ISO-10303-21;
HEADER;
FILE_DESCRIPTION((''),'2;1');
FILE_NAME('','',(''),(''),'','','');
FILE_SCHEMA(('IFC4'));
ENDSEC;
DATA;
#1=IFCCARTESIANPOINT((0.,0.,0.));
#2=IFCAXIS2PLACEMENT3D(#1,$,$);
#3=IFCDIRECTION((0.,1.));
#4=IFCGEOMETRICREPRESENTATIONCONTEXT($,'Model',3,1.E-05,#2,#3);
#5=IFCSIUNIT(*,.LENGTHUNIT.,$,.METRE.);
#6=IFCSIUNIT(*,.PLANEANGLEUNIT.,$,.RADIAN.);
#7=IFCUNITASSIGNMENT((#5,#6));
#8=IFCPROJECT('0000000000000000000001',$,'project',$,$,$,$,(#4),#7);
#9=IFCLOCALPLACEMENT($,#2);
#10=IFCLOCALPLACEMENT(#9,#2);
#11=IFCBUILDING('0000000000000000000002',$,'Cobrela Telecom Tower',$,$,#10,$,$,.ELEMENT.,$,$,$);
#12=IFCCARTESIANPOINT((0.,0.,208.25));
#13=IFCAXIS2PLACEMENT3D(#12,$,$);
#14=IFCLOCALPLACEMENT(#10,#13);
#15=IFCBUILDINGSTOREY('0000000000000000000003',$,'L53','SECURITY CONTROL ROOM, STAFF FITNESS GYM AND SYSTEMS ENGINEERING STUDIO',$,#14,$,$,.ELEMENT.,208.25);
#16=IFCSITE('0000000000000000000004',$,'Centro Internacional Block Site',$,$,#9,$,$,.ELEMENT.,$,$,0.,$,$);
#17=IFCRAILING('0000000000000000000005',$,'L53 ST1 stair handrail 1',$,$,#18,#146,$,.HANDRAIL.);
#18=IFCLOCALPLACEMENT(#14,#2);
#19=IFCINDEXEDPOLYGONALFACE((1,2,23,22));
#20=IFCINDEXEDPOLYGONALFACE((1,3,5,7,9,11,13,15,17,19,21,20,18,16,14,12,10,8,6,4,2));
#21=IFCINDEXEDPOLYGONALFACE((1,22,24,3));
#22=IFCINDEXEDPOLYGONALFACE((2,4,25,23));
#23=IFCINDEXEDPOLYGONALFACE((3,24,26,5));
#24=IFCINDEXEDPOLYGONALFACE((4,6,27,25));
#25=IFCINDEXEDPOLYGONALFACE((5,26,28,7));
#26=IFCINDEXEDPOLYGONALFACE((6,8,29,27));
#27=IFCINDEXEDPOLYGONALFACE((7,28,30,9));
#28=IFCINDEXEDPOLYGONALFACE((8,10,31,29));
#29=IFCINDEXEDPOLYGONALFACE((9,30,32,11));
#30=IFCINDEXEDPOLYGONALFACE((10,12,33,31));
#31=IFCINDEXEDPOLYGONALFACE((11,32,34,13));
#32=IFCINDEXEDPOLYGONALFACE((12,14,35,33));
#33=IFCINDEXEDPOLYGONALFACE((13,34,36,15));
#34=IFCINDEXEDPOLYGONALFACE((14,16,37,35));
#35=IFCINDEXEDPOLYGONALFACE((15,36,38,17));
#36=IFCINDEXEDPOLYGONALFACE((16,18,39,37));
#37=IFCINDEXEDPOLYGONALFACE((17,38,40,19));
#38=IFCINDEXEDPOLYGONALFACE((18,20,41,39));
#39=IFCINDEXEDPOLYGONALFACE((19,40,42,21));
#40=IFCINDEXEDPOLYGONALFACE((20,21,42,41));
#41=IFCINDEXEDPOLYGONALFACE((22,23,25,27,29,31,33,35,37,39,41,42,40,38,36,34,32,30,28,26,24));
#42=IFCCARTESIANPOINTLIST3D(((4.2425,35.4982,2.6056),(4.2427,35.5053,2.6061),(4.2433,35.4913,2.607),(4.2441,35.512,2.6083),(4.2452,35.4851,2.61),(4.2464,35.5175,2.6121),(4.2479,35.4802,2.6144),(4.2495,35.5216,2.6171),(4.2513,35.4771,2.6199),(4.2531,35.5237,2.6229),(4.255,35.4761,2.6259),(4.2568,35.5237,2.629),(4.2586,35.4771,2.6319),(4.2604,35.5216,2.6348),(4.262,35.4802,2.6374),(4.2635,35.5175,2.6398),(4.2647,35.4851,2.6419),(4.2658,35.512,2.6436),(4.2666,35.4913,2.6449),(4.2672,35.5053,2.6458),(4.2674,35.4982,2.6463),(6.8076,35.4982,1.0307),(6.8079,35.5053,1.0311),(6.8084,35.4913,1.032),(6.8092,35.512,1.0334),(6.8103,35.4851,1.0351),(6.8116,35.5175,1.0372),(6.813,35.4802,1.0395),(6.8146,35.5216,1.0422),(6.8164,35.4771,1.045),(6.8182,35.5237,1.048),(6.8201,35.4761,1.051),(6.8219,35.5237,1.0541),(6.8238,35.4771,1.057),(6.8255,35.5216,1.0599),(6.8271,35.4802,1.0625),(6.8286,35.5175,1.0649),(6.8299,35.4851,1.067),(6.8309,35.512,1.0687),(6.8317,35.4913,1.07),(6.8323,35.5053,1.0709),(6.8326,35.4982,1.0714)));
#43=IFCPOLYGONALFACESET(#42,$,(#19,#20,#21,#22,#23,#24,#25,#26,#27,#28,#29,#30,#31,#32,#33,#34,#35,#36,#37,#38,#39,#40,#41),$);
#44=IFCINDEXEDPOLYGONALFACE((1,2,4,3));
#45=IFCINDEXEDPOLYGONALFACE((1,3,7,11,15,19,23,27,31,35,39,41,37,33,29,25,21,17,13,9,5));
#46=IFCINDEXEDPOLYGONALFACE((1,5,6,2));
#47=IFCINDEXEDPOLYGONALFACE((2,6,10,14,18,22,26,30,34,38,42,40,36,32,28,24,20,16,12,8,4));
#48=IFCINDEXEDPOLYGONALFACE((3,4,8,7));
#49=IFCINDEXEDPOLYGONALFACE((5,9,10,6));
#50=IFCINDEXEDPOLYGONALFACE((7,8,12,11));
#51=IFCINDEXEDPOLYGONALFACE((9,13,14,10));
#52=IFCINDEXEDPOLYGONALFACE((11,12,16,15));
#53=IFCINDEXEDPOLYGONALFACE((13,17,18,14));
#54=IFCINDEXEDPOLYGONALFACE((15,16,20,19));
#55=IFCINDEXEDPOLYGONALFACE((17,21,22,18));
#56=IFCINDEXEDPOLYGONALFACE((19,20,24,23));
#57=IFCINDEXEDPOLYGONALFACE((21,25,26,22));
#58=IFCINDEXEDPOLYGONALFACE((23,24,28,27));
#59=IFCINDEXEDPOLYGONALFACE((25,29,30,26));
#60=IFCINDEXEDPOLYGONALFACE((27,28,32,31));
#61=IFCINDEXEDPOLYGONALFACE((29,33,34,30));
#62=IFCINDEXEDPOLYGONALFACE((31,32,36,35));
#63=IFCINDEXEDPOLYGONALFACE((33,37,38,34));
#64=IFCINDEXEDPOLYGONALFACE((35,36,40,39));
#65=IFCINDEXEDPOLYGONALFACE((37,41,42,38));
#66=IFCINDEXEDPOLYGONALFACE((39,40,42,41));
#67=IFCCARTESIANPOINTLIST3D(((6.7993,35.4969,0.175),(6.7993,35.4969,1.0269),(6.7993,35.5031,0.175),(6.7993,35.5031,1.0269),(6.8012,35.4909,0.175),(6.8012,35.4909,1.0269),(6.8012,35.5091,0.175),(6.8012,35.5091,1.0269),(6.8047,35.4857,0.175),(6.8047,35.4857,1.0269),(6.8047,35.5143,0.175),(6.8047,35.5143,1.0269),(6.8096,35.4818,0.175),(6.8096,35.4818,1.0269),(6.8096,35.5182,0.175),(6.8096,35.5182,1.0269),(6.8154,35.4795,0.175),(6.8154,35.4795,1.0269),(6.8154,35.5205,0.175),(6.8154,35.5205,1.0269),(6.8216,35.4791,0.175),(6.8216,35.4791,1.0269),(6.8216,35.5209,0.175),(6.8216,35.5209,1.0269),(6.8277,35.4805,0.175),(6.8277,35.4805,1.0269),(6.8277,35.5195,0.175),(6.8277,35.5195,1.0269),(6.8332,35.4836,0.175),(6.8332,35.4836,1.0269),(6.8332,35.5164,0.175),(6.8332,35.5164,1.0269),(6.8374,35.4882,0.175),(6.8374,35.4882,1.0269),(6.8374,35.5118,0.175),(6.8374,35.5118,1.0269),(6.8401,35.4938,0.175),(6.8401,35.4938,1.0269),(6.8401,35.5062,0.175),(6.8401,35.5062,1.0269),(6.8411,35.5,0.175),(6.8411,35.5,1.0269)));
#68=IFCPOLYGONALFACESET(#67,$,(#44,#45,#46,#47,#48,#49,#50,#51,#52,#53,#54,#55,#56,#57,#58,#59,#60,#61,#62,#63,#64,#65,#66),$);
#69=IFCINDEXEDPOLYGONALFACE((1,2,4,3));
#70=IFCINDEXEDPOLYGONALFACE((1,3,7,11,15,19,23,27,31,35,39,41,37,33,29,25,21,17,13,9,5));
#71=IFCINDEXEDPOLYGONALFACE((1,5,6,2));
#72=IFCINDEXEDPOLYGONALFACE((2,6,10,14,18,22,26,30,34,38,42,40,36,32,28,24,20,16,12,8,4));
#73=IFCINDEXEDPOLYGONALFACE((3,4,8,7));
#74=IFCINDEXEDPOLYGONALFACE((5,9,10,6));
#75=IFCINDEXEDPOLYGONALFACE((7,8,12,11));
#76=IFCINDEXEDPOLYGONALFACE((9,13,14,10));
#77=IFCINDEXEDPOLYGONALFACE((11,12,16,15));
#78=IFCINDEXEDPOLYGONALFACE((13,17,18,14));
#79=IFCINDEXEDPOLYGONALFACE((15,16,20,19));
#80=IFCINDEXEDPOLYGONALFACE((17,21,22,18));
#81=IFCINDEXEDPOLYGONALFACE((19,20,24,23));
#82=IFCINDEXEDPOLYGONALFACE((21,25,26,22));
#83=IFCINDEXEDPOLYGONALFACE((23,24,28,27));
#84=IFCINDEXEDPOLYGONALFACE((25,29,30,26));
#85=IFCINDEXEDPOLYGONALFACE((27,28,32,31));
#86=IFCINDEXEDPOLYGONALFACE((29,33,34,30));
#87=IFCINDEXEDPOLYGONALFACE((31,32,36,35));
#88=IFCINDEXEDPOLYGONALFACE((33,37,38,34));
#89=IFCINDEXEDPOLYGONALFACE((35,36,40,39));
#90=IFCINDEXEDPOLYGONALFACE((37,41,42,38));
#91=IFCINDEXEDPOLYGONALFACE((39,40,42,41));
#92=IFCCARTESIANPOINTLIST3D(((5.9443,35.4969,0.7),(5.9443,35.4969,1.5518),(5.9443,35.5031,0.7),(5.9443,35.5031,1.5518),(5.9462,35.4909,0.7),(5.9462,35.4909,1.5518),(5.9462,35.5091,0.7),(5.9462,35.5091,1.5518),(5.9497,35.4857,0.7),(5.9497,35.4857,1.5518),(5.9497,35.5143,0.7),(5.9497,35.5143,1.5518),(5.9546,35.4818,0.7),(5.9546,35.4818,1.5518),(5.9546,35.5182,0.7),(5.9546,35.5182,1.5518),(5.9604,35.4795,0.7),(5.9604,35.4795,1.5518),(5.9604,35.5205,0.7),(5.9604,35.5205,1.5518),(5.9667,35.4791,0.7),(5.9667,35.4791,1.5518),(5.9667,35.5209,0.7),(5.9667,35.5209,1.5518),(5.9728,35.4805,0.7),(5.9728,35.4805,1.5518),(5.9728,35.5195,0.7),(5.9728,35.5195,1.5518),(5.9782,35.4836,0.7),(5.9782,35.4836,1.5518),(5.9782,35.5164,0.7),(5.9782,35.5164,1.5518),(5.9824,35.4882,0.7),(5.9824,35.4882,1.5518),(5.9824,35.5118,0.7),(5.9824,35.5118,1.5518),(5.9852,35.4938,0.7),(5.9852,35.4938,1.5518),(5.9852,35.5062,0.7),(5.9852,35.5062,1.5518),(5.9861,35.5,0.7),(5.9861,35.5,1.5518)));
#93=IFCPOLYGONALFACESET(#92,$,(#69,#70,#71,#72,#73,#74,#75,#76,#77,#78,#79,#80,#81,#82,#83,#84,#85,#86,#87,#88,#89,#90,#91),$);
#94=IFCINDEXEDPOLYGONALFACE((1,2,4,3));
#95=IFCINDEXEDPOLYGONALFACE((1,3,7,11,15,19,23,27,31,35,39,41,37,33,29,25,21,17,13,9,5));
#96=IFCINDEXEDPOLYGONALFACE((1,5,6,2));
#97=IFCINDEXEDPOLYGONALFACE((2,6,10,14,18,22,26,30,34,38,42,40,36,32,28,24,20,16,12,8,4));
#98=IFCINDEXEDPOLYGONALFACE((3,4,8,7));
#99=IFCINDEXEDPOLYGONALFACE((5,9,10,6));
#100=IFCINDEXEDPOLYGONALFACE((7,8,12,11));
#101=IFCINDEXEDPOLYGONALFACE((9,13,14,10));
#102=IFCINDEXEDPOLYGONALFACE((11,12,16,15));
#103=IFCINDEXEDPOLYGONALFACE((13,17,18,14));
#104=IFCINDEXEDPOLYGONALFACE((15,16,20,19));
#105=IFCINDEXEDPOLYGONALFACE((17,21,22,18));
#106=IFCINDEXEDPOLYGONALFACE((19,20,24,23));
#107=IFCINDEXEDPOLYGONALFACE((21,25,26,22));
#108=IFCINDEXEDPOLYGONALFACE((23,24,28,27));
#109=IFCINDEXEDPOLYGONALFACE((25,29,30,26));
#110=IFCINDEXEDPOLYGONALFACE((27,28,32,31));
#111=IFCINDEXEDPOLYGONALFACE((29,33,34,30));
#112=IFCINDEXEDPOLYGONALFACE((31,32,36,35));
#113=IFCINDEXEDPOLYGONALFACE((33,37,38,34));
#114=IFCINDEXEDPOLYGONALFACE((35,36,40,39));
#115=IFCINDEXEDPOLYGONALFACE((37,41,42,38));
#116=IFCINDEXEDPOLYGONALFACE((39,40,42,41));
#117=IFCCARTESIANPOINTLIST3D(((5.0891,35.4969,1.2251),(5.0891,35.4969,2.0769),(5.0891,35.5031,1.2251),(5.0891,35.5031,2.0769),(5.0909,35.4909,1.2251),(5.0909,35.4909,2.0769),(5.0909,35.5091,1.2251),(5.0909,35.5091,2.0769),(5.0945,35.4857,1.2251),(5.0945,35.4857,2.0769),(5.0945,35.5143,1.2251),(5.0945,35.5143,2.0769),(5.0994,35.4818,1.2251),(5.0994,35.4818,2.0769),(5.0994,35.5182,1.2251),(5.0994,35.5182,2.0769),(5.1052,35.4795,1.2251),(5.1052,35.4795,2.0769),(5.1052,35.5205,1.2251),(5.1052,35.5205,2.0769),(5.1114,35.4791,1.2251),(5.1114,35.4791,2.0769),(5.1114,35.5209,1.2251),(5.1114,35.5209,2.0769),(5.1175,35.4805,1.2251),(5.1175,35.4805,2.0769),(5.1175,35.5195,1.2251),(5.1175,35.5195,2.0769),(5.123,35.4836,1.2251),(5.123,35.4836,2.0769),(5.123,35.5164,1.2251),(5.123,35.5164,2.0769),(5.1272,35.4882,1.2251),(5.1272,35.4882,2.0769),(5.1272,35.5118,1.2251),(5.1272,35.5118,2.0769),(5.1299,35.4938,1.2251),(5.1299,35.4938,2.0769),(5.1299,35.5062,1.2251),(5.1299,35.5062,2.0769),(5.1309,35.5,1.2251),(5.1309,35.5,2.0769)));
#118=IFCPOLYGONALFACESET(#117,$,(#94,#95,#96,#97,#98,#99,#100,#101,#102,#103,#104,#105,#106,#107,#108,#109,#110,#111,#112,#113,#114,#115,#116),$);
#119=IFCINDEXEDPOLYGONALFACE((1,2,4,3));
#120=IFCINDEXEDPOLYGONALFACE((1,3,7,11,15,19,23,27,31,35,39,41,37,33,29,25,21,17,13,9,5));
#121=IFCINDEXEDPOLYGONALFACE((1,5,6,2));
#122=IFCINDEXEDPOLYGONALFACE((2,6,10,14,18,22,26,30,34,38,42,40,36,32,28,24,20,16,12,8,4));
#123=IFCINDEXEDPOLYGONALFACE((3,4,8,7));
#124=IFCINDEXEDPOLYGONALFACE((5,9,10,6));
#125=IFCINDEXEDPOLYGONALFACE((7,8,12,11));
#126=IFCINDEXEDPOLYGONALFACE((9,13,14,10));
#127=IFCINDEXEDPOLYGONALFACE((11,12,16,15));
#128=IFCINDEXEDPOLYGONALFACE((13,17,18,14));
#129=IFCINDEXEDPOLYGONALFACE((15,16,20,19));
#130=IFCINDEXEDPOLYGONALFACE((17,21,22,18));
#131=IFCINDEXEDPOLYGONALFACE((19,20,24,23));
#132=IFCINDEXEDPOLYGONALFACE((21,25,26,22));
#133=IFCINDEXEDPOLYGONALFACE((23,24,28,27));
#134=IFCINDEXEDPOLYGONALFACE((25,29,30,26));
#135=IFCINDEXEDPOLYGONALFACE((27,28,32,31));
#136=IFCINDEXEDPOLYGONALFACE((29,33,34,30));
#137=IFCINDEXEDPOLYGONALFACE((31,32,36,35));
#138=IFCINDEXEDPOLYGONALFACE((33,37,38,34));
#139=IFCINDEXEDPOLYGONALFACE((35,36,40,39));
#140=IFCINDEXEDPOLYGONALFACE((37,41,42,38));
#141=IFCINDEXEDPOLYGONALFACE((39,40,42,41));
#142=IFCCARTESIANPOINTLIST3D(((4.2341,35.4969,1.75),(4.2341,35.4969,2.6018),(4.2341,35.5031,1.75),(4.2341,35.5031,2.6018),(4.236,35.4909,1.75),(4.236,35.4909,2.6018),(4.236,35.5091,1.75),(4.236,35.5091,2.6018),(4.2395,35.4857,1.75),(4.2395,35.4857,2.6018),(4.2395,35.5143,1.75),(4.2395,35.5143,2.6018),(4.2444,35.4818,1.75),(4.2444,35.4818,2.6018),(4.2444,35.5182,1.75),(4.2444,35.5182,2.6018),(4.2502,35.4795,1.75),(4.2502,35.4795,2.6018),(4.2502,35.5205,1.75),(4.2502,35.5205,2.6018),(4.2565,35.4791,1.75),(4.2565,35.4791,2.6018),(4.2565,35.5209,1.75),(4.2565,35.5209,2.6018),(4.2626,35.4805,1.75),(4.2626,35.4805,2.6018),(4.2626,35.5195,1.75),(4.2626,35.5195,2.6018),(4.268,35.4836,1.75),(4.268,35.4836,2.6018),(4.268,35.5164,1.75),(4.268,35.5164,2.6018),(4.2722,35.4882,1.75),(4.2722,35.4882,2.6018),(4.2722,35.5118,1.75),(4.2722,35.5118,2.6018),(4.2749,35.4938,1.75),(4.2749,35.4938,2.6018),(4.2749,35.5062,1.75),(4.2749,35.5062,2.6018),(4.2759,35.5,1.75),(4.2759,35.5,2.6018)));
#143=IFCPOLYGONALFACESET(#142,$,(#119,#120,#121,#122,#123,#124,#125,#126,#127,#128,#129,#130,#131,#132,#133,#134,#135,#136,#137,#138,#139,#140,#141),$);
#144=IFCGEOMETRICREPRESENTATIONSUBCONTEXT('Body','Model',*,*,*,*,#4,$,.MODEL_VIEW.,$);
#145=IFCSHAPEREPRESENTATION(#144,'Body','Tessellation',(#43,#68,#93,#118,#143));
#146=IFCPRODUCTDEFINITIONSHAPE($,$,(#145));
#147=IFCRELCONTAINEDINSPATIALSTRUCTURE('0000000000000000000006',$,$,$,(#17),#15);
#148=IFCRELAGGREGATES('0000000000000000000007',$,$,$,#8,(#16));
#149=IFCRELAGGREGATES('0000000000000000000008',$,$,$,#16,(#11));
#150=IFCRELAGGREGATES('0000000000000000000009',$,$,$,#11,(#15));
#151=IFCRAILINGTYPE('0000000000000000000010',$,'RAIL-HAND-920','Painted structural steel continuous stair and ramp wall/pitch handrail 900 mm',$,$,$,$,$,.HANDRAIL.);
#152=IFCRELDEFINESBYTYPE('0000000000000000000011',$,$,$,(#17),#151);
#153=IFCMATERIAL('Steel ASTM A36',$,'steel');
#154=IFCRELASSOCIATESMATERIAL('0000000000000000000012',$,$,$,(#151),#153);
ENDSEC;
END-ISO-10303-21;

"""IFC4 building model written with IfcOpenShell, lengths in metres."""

from ifc_helpers import new_model, si_unit, direction, frame, origin, origin_2d, place, context, subcontext, project, spatial, circle, extrude, material, type_object, element, save


model = new_model("IFC4")

# Units and contexts
model_context = context("Model", 3, precision=1e-05, world=origin(), true_north=direction((0.0, 1.0)))
body_context = subcontext(model_context, "Body", "Model", "MODEL_VIEW")
ifc_project = project(units=[si_unit("LENGTHUNIT", "METRE"), si_unit("PLANEANGLEUNIT", "RADIAN")], contexts=[model_context])

# Site, building, storey
site_placement = place(None, origin())
site = spatial("IfcSite", under=ifc_project, at=site_placement, Name="Centro Internacional Block Site", CompositionType="ELEMENT", RefElevation=0.0)
building_placement = place(site_placement, origin())
building = spatial("IfcBuilding", under=site, at=building_placement, Name="Cobrela Telecom Tower", CompositionType="ELEMENT")
storey_placement = place(building_placement, frame((0.0, 0.0, 208.25)))
storey = spatial("IfcBuildingStorey", under=building, at=storey_placement, Name="L53", Description="SECURITY CONTROL ROOM, STAFF FITNESS GYM AND SYSTEMS ENGINEERING STUDIO", CompositionType="ELEMENT", Elevation=208.25)

# Shared definitions
ifc_material_1 = material(Name="Steel ASTM A36", Category="steel")

# Railing
railing_type_1 = type_object("IfcRailingType", Name="RAIL-HAND-920", Description="Painted structural steel continuous stair and ramp wall/pitch handrail 900 mm", PredefinedType="HANDRAIL", material=ifc_material_1)
railing_1_placement = place(storey_placement, frame((6.8201, 35.5, 0.175)))
element("IfcRailing", 1, at=railing_1_placement, inside=storey, type_object=railing_type_1, Name="L53 ST1 stair handrail 1", PredefinedType="HANDRAIL", context=body_context, shape_type="SweptSolid", body=[
    extrude(circle(Radius=0.0239, at=origin_2d()), frame((0.0, 0.0, 0.876), z_axis=(-0.852195, 0.0, 0.523224), x_axis=(0.0, -1.0, 0.0)), (0.0, 0.0, 1.0), 3.01),
    extrude(circle(Radius=0.021, at=origin_2d()), origin(), (0.0, 0.0, 1.0), 0.8518),
    extrude(circle(Radius=0.021, at=origin_2d()), frame((-0.855, 0.0, 0.5249)), (0.0, 0.0, 1.0), 0.8518),
    extrude(circle(Radius=0.021, at=origin_2d()), frame((-1.7102, 0.0, 1.05)), (0.0, 0.0, 1.0), 0.8518),
    extrude(circle(Radius=0.021, at=origin_2d()), frame((-2.5652, 0.0, 1.575)), (0.0, 0.0, 1.0), 0.8518),
])

save(model, "model.ifc")
